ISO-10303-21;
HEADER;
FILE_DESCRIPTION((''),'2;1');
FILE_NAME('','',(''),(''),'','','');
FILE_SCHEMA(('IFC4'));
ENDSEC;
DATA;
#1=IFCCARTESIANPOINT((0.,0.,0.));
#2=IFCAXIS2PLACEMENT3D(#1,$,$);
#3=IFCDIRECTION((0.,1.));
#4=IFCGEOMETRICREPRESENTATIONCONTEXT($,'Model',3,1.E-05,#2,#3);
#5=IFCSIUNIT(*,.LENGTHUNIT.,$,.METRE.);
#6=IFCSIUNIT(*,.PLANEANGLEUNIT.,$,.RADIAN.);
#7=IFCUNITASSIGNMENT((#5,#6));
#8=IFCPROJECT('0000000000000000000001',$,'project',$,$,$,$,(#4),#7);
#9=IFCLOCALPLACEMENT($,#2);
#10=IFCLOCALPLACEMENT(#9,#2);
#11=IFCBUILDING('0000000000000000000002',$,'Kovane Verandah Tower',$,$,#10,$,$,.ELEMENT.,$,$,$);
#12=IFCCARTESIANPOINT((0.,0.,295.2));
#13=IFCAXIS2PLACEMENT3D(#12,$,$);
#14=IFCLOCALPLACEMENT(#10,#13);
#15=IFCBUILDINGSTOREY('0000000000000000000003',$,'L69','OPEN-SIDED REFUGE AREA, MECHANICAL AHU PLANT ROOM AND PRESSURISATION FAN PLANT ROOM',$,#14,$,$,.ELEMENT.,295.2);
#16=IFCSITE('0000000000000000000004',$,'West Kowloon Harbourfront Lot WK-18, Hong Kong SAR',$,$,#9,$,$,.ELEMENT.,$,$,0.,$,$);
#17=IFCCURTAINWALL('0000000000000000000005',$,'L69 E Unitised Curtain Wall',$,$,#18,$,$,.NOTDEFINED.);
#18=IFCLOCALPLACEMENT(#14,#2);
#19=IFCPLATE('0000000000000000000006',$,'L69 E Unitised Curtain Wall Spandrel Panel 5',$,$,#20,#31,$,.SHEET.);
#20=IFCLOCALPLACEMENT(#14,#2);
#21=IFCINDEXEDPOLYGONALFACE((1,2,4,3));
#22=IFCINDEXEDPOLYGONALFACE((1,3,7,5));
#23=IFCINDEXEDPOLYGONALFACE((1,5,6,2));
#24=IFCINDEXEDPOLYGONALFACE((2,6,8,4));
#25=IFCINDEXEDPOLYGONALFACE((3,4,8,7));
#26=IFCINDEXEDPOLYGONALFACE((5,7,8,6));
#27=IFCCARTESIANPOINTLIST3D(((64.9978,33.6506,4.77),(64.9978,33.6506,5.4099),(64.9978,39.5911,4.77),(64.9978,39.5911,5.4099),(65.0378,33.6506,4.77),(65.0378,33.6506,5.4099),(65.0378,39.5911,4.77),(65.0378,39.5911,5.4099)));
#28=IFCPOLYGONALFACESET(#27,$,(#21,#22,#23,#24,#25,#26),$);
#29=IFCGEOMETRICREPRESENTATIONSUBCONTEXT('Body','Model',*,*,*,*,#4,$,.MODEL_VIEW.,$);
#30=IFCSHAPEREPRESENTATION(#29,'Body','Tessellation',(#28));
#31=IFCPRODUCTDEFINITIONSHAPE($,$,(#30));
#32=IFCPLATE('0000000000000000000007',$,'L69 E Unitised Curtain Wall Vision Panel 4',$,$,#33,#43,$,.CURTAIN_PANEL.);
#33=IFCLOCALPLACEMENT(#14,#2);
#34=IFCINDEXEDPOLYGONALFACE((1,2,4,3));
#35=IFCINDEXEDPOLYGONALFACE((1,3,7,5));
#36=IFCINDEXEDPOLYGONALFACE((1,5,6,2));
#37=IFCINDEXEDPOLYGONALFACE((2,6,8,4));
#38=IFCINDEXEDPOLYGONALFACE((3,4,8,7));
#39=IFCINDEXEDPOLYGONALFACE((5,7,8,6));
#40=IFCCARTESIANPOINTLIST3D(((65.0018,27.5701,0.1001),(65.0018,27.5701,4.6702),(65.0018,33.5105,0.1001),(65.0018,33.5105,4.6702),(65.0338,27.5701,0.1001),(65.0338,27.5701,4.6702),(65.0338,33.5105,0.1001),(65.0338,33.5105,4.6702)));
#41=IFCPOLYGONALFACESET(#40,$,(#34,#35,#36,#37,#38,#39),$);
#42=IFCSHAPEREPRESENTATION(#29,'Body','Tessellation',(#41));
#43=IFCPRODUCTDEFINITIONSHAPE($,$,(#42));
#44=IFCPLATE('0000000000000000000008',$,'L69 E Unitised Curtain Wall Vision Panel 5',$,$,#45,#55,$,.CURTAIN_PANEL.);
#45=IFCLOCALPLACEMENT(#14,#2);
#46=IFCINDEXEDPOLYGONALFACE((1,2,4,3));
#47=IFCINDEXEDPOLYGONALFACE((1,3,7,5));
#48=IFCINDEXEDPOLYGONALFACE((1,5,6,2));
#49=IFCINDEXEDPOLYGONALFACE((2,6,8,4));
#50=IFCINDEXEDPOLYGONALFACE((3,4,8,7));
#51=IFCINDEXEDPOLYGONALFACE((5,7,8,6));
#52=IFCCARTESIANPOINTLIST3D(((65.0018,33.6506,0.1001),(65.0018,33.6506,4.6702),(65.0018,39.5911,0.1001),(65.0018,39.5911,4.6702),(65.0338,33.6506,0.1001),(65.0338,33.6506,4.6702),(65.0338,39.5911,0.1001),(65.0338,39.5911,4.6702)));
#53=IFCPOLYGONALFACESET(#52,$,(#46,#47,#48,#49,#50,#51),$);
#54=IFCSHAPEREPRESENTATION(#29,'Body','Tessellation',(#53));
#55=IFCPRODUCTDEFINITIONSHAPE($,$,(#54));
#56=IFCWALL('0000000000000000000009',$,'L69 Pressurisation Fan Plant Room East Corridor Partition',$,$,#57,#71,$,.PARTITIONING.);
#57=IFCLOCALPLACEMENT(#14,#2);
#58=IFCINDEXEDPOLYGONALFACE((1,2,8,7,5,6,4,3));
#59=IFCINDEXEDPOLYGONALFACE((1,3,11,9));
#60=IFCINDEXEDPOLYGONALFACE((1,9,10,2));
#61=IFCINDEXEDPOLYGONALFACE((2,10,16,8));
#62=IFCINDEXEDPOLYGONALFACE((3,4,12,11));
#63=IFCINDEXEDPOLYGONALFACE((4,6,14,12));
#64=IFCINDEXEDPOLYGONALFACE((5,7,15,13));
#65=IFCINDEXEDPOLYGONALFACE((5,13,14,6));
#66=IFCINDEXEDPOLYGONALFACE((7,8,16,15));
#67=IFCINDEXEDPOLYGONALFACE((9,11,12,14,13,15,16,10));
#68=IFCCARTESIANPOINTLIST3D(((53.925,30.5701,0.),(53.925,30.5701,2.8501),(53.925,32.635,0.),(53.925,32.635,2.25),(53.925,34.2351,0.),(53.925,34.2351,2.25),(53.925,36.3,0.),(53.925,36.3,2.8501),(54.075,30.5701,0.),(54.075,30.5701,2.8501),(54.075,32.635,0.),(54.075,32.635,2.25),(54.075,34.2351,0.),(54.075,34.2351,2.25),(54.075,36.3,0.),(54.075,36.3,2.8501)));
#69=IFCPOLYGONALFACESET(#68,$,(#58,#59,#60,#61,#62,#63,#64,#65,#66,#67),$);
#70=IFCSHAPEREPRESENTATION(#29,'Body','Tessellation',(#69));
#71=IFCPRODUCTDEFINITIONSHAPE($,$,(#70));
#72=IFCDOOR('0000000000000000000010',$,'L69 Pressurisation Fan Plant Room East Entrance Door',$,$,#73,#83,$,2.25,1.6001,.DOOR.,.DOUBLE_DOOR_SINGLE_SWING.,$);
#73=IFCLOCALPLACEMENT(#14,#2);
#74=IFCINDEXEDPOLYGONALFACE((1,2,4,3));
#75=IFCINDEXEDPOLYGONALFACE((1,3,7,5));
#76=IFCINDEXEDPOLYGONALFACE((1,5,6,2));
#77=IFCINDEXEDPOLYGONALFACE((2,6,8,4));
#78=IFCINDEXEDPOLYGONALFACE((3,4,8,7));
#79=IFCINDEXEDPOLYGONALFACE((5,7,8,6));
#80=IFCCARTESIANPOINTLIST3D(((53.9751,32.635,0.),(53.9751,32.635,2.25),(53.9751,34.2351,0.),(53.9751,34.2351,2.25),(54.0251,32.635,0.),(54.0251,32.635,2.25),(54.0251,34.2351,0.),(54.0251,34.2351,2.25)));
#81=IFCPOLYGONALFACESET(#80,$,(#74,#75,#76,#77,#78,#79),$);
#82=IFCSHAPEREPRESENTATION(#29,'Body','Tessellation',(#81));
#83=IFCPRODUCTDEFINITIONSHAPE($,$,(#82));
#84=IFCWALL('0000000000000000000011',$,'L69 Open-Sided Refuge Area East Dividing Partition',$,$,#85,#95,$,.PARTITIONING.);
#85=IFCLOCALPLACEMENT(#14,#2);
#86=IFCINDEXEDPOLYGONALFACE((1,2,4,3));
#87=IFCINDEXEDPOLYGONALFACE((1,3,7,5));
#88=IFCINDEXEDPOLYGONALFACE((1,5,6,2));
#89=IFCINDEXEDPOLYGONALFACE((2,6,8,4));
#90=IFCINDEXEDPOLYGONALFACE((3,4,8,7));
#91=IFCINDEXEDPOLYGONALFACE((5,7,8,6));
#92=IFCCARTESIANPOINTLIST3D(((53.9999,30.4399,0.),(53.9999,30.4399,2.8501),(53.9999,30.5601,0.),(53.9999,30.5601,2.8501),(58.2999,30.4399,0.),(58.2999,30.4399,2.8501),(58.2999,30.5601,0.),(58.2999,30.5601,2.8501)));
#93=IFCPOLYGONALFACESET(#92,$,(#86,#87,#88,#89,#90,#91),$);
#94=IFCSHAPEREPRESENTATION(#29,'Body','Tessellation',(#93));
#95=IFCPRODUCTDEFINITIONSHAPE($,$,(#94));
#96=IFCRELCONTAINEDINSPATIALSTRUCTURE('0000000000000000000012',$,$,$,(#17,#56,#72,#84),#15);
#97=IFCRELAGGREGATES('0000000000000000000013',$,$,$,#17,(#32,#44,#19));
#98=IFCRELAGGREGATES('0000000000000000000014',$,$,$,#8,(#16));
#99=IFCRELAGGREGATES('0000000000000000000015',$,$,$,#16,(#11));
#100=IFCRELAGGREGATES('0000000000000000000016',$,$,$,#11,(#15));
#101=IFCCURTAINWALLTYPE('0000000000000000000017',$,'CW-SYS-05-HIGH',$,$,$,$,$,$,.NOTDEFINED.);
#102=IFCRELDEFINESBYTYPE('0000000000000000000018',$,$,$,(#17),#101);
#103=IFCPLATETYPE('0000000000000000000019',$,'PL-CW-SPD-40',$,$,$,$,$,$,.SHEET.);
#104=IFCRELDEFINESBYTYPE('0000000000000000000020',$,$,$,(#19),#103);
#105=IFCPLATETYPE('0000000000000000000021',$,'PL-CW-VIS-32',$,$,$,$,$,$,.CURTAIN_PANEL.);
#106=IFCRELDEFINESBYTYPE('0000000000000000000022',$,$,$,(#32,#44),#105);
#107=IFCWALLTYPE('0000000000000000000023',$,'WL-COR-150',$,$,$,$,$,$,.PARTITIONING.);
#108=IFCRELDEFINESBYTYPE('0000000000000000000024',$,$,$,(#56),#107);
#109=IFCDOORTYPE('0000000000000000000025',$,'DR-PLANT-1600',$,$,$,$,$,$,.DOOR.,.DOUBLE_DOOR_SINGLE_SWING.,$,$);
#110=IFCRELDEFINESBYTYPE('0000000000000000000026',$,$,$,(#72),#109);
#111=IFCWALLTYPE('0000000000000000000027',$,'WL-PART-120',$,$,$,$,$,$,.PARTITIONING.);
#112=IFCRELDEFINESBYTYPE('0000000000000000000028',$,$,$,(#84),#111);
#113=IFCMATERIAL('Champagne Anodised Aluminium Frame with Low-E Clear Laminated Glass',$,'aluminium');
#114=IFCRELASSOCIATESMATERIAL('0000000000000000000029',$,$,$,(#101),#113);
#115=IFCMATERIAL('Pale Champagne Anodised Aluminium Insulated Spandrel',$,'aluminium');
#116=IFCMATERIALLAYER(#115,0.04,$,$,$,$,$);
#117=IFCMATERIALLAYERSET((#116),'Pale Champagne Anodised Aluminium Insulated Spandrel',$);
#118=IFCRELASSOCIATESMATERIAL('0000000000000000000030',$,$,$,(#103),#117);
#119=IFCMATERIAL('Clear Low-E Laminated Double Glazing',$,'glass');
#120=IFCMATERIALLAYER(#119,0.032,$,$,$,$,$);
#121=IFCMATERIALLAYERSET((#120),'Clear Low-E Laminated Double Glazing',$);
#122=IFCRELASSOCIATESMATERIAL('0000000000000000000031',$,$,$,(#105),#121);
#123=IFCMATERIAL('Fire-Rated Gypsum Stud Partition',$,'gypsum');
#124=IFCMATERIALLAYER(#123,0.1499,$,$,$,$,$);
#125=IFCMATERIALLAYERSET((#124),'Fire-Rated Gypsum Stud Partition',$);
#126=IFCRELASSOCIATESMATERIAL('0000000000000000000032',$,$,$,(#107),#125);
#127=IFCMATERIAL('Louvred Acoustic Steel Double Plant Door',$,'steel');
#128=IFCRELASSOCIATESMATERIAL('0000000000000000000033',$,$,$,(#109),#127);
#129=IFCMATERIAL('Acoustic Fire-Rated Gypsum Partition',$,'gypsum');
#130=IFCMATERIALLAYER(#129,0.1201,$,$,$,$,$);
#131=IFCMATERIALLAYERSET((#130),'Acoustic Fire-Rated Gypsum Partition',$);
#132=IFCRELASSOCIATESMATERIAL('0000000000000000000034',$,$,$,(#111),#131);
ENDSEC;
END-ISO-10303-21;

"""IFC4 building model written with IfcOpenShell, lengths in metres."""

from ifc_helpers import new_model, si_unit, direction, frame, frame_2d, origin, origin_2d, place, context, subcontext, project, spatial, rectangle, extrude, material, layer, layer_set, type_object, element, fill, aggregate, save


model = new_model("IFC4")

# Units and contexts
model_context = context("Model", 3, precision=1e-05, world=origin(), true_north=direction((0.0, 1.0)))
body_context = subcontext(model_context, "Body", "Model", "MODEL_VIEW")
ifc_project = project(units=[si_unit("LENGTHUNIT", "METRE"), si_unit("PLANEANGLEUNIT", "RADIAN")], contexts=[model_context])

# Site, building, storey
site_placement = place(None, origin())
site = spatial("IfcSite", under=ifc_project, at=site_placement, Name="West Kowloon Harbourfront Lot WK-18, Hong Kong SAR", CompositionType="ELEMENT", RefElevation=0.0)
building_placement = place(site_placement, origin())
building = spatial("IfcBuilding", under=site, at=building_placement, Name="Kovane Verandah Tower", CompositionType="ELEMENT")
storey_placement = place(building_placement, frame((0.0, 0.0, 295.2)))
storey = spatial("IfcBuildingStorey", under=building, at=storey_placement, Name="L69", Description="OPEN-SIDED REFUGE AREA, MECHANICAL AHU PLANT ROOM AND PRESSURISATION FAN PLANT ROOM", CompositionType="ELEMENT", Elevation=295.2)

# Curtain wall
ifc_material_1 = material(Name="Champagne Anodised Aluminium Frame with Low-E Clear Laminated Glass", Category="aluminium")
curtain_wall_type = type_object("IfcCurtainWallType", Name="CW-SYS-05-HIGH", PredefinedType="NOTDEFINED", material=ifc_material_1)
curtain_wall_placement = place(storey_placement, origin())
curtain_wall = element("IfcCurtainWall", 1, at=curtain_wall_placement, inside=storey, type_object=curtain_wall_type, Name="L69 E Unitised Curtain Wall", PredefinedType="NOTDEFINED")

# Plates
ifc_material_2 = material(Name="Pale Champagne Anodised Aluminium Insulated Spandrel", Category="aluminium")
ifc_layer_1 = layer(ifc_material_2, 0.04)
ifc_layer_set_1 = layer_set([ifc_layer_1], Name="Pale Champagne Anodised Aluminium Insulated Spandrel")
plate_type_1 = type_object("IfcPlateType", Name="PL-CW-SPD-40", PredefinedType="SHEET", material=ifc_layer_set_1)
plate_1_placement = place(storey_placement, frame((65.0178, 36.6208, 4.77), z_axis=(0.0, 0.0, 1.0), x_axis=(0.0, 1.0, 0.0)))
plate_1 = element("IfcPlate", 2, at=plate_1_placement, type_object=plate_type_1, Name="L69 E Unitised Curtain Wall Spandrel Panel 5", PredefinedType="SHEET", context=body_context, shape_type="SweptSolid", body=[
    extrude(rectangle(XDim=5.9404, YDim=0.04, at=origin_2d()), origin(), (0.0, 0.0, 1.0), 0.6399),
])
ifc_material_3 = material(Name="Clear Low-E Laminated Double Glazing", Category="glass")
ifc_layer_2 = layer(ifc_material_3, 0.032)
ifc_layer_set_2 = layer_set([ifc_layer_2], Name="Clear Low-E Laminated Double Glazing")
plate_type_2 = type_object("IfcPlateType", Name="PL-CW-VIS-32", PredefinedType="CURTAIN_PANEL", material=ifc_layer_set_2)
plate_2_placement = place(storey_placement, frame((65.0178, 30.5403, 0.1001), z_axis=(0.0, 0.0, 1.0), x_axis=(0.0, 1.0, 0.0)))
plate_2 = element("IfcPlate", 3, at=plate_2_placement, type_object=plate_type_2, Name="L69 E Unitised Curtain Wall Vision Panel 4", PredefinedType="CURTAIN_PANEL", context=body_context, shape_type="SweptSolid", body=[
    extrude(rectangle(XDim=5.9404, YDim=0.032, at=origin_2d()), origin(), (0.0, 0.0, 1.0), 4.5701),
])
plate_3_placement = place(storey_placement, frame((65.0178, 36.6208, 0.1001), z_axis=(0.0, 0.0, 1.0), x_axis=(0.0, 1.0, 0.0)))
plate_3 = element("IfcPlate", 4, at=plate_3_placement, type_object=plate_type_2, Name="L69 E Unitised Curtain Wall Vision Panel 5", PredefinedType="CURTAIN_PANEL", context=body_context, shape_type="SweptSolid", body=[
    extrude(rectangle(XDim=5.9404, YDim=0.032, at=origin_2d()), origin(), (0.0, 0.0, 1.0), 4.5701),
])
aggregate(curtain_wall, [plate_2, plate_3, plate_1])

# Wall, opening, door
ifc_material_4 = material(Name="Fire-Rated Gypsum Stud Partition", Category="gypsum")
ifc_layer_3 = layer(ifc_material_4, 0.1499)
ifc_layer_set_3 = layer_set([ifc_layer_3], Name="Fire-Rated Gypsum Stud Partition")
wall_type_1 = type_object("IfcWallType", Name="WL-COR-150", PredefinedType="PARTITIONING", material=ifc_layer_set_3)
wall_1_placement = place(storey_placement, frame((54.0, 30.5701, 0.0), z_axis=(0.0, 0.0, 1.0), x_axis=(0.0, 1.0, 0.0)))
wall_1 = element("IfcWall", 5, at=wall_1_placement, inside=storey, type_object=wall_type_1, Name="L69 Pressurisation Fan Plant Room East Corridor Partition", PredefinedType="PARTITIONING", context=body_context, shape_type="SweptSolid", body=[
    extrude(rectangle(XDim=5.73, YDim=0.1499, at=frame_2d((2.865, 0.0))), origin(), (0.0, 0.0, 1.0), 2.8501),
])
opening_placement = place(wall_1_placement, frame((2.0649, 0.0, 0.0)))
opening = element("IfcOpeningElement", 6, at=opening_placement, cuts=wall_1, PredefinedType="OPENING", context=body_context, shape_type="SweptSolid", body=[
    extrude(rectangle(XDim=1.6001, YDim=2.25, at=frame_2d((0.8, 1.125))), frame((0.0, 0.075, 0.0), z_axis=(0.0, -1.0, 0.0), x_axis=(1.0, 0.0, 0.0)), (0.0, 0.0, 1.0), 0.1499),
])
ifc_material_5 = material(Name="Louvred Acoustic Steel Double Plant Door", Category="steel")
door_type = type_object("IfcDoorType", Name="DR-PLANT-1600", OperationType="DOUBLE_DOOR_SINGLE_SWING", PredefinedType="DOOR", material=ifc_material_5)
door_placement = place(opening_placement, origin())
door = element("IfcDoor", 7, at=door_placement, inside=storey, type_object=door_type, Name="L69 Pressurisation Fan Plant Room East Entrance Door", OperationType="DOUBLE_DOOR_SINGLE_SWING", OverallHeight=2.25, OverallWidth=1.6001, PredefinedType="DOOR", context=body_context, shape_type="SweptSolid", body=[
    extrude(rectangle(XDim=1.6001, YDim=2.25, at=frame_2d((0.8, 1.125))), frame((0.0, 0.0249, 0.0), z_axis=(0.0, -1.0, 0.0), x_axis=(1.0, 0.0, 0.0)), (0.0, 0.0, 1.0), 0.05),
])
fill(opening, door)

# Wall
ifc_material_6 = material(Name="Acoustic Fire-Rated Gypsum Partition", Category="gypsum")
ifc_layer_4 = layer(ifc_material_6, 0.1201)
ifc_layer_set_4 = layer_set([ifc_layer_4], Name="Acoustic Fire-Rated Gypsum Partition")
wall_type_2 = type_object("IfcWallType", Name="WL-PART-120", PredefinedType="PARTITIONING", material=ifc_layer_set_4)
wall_2_placement = place(storey_placement, frame((54.0, 30.5, 0.0), z_axis=(0.0, 0.0, 1.0), x_axis=(1.0, 0.0, 0.0)))
element("IfcWall", 8, at=wall_2_placement, inside=storey, type_object=wall_type_2, Name="L69 Open-Sided Refuge Area East Dividing Partition", PredefinedType="PARTITIONING", context=body_context, shape_type="SweptSolid", body=[
    extrude(rectangle(XDim=4.3, YDim=0.1201, at=frame_2d((2.1499, 0.0))), origin(), (0.0, 0.0, 1.0), 2.8501),
])

save(model, "model.ifc")
